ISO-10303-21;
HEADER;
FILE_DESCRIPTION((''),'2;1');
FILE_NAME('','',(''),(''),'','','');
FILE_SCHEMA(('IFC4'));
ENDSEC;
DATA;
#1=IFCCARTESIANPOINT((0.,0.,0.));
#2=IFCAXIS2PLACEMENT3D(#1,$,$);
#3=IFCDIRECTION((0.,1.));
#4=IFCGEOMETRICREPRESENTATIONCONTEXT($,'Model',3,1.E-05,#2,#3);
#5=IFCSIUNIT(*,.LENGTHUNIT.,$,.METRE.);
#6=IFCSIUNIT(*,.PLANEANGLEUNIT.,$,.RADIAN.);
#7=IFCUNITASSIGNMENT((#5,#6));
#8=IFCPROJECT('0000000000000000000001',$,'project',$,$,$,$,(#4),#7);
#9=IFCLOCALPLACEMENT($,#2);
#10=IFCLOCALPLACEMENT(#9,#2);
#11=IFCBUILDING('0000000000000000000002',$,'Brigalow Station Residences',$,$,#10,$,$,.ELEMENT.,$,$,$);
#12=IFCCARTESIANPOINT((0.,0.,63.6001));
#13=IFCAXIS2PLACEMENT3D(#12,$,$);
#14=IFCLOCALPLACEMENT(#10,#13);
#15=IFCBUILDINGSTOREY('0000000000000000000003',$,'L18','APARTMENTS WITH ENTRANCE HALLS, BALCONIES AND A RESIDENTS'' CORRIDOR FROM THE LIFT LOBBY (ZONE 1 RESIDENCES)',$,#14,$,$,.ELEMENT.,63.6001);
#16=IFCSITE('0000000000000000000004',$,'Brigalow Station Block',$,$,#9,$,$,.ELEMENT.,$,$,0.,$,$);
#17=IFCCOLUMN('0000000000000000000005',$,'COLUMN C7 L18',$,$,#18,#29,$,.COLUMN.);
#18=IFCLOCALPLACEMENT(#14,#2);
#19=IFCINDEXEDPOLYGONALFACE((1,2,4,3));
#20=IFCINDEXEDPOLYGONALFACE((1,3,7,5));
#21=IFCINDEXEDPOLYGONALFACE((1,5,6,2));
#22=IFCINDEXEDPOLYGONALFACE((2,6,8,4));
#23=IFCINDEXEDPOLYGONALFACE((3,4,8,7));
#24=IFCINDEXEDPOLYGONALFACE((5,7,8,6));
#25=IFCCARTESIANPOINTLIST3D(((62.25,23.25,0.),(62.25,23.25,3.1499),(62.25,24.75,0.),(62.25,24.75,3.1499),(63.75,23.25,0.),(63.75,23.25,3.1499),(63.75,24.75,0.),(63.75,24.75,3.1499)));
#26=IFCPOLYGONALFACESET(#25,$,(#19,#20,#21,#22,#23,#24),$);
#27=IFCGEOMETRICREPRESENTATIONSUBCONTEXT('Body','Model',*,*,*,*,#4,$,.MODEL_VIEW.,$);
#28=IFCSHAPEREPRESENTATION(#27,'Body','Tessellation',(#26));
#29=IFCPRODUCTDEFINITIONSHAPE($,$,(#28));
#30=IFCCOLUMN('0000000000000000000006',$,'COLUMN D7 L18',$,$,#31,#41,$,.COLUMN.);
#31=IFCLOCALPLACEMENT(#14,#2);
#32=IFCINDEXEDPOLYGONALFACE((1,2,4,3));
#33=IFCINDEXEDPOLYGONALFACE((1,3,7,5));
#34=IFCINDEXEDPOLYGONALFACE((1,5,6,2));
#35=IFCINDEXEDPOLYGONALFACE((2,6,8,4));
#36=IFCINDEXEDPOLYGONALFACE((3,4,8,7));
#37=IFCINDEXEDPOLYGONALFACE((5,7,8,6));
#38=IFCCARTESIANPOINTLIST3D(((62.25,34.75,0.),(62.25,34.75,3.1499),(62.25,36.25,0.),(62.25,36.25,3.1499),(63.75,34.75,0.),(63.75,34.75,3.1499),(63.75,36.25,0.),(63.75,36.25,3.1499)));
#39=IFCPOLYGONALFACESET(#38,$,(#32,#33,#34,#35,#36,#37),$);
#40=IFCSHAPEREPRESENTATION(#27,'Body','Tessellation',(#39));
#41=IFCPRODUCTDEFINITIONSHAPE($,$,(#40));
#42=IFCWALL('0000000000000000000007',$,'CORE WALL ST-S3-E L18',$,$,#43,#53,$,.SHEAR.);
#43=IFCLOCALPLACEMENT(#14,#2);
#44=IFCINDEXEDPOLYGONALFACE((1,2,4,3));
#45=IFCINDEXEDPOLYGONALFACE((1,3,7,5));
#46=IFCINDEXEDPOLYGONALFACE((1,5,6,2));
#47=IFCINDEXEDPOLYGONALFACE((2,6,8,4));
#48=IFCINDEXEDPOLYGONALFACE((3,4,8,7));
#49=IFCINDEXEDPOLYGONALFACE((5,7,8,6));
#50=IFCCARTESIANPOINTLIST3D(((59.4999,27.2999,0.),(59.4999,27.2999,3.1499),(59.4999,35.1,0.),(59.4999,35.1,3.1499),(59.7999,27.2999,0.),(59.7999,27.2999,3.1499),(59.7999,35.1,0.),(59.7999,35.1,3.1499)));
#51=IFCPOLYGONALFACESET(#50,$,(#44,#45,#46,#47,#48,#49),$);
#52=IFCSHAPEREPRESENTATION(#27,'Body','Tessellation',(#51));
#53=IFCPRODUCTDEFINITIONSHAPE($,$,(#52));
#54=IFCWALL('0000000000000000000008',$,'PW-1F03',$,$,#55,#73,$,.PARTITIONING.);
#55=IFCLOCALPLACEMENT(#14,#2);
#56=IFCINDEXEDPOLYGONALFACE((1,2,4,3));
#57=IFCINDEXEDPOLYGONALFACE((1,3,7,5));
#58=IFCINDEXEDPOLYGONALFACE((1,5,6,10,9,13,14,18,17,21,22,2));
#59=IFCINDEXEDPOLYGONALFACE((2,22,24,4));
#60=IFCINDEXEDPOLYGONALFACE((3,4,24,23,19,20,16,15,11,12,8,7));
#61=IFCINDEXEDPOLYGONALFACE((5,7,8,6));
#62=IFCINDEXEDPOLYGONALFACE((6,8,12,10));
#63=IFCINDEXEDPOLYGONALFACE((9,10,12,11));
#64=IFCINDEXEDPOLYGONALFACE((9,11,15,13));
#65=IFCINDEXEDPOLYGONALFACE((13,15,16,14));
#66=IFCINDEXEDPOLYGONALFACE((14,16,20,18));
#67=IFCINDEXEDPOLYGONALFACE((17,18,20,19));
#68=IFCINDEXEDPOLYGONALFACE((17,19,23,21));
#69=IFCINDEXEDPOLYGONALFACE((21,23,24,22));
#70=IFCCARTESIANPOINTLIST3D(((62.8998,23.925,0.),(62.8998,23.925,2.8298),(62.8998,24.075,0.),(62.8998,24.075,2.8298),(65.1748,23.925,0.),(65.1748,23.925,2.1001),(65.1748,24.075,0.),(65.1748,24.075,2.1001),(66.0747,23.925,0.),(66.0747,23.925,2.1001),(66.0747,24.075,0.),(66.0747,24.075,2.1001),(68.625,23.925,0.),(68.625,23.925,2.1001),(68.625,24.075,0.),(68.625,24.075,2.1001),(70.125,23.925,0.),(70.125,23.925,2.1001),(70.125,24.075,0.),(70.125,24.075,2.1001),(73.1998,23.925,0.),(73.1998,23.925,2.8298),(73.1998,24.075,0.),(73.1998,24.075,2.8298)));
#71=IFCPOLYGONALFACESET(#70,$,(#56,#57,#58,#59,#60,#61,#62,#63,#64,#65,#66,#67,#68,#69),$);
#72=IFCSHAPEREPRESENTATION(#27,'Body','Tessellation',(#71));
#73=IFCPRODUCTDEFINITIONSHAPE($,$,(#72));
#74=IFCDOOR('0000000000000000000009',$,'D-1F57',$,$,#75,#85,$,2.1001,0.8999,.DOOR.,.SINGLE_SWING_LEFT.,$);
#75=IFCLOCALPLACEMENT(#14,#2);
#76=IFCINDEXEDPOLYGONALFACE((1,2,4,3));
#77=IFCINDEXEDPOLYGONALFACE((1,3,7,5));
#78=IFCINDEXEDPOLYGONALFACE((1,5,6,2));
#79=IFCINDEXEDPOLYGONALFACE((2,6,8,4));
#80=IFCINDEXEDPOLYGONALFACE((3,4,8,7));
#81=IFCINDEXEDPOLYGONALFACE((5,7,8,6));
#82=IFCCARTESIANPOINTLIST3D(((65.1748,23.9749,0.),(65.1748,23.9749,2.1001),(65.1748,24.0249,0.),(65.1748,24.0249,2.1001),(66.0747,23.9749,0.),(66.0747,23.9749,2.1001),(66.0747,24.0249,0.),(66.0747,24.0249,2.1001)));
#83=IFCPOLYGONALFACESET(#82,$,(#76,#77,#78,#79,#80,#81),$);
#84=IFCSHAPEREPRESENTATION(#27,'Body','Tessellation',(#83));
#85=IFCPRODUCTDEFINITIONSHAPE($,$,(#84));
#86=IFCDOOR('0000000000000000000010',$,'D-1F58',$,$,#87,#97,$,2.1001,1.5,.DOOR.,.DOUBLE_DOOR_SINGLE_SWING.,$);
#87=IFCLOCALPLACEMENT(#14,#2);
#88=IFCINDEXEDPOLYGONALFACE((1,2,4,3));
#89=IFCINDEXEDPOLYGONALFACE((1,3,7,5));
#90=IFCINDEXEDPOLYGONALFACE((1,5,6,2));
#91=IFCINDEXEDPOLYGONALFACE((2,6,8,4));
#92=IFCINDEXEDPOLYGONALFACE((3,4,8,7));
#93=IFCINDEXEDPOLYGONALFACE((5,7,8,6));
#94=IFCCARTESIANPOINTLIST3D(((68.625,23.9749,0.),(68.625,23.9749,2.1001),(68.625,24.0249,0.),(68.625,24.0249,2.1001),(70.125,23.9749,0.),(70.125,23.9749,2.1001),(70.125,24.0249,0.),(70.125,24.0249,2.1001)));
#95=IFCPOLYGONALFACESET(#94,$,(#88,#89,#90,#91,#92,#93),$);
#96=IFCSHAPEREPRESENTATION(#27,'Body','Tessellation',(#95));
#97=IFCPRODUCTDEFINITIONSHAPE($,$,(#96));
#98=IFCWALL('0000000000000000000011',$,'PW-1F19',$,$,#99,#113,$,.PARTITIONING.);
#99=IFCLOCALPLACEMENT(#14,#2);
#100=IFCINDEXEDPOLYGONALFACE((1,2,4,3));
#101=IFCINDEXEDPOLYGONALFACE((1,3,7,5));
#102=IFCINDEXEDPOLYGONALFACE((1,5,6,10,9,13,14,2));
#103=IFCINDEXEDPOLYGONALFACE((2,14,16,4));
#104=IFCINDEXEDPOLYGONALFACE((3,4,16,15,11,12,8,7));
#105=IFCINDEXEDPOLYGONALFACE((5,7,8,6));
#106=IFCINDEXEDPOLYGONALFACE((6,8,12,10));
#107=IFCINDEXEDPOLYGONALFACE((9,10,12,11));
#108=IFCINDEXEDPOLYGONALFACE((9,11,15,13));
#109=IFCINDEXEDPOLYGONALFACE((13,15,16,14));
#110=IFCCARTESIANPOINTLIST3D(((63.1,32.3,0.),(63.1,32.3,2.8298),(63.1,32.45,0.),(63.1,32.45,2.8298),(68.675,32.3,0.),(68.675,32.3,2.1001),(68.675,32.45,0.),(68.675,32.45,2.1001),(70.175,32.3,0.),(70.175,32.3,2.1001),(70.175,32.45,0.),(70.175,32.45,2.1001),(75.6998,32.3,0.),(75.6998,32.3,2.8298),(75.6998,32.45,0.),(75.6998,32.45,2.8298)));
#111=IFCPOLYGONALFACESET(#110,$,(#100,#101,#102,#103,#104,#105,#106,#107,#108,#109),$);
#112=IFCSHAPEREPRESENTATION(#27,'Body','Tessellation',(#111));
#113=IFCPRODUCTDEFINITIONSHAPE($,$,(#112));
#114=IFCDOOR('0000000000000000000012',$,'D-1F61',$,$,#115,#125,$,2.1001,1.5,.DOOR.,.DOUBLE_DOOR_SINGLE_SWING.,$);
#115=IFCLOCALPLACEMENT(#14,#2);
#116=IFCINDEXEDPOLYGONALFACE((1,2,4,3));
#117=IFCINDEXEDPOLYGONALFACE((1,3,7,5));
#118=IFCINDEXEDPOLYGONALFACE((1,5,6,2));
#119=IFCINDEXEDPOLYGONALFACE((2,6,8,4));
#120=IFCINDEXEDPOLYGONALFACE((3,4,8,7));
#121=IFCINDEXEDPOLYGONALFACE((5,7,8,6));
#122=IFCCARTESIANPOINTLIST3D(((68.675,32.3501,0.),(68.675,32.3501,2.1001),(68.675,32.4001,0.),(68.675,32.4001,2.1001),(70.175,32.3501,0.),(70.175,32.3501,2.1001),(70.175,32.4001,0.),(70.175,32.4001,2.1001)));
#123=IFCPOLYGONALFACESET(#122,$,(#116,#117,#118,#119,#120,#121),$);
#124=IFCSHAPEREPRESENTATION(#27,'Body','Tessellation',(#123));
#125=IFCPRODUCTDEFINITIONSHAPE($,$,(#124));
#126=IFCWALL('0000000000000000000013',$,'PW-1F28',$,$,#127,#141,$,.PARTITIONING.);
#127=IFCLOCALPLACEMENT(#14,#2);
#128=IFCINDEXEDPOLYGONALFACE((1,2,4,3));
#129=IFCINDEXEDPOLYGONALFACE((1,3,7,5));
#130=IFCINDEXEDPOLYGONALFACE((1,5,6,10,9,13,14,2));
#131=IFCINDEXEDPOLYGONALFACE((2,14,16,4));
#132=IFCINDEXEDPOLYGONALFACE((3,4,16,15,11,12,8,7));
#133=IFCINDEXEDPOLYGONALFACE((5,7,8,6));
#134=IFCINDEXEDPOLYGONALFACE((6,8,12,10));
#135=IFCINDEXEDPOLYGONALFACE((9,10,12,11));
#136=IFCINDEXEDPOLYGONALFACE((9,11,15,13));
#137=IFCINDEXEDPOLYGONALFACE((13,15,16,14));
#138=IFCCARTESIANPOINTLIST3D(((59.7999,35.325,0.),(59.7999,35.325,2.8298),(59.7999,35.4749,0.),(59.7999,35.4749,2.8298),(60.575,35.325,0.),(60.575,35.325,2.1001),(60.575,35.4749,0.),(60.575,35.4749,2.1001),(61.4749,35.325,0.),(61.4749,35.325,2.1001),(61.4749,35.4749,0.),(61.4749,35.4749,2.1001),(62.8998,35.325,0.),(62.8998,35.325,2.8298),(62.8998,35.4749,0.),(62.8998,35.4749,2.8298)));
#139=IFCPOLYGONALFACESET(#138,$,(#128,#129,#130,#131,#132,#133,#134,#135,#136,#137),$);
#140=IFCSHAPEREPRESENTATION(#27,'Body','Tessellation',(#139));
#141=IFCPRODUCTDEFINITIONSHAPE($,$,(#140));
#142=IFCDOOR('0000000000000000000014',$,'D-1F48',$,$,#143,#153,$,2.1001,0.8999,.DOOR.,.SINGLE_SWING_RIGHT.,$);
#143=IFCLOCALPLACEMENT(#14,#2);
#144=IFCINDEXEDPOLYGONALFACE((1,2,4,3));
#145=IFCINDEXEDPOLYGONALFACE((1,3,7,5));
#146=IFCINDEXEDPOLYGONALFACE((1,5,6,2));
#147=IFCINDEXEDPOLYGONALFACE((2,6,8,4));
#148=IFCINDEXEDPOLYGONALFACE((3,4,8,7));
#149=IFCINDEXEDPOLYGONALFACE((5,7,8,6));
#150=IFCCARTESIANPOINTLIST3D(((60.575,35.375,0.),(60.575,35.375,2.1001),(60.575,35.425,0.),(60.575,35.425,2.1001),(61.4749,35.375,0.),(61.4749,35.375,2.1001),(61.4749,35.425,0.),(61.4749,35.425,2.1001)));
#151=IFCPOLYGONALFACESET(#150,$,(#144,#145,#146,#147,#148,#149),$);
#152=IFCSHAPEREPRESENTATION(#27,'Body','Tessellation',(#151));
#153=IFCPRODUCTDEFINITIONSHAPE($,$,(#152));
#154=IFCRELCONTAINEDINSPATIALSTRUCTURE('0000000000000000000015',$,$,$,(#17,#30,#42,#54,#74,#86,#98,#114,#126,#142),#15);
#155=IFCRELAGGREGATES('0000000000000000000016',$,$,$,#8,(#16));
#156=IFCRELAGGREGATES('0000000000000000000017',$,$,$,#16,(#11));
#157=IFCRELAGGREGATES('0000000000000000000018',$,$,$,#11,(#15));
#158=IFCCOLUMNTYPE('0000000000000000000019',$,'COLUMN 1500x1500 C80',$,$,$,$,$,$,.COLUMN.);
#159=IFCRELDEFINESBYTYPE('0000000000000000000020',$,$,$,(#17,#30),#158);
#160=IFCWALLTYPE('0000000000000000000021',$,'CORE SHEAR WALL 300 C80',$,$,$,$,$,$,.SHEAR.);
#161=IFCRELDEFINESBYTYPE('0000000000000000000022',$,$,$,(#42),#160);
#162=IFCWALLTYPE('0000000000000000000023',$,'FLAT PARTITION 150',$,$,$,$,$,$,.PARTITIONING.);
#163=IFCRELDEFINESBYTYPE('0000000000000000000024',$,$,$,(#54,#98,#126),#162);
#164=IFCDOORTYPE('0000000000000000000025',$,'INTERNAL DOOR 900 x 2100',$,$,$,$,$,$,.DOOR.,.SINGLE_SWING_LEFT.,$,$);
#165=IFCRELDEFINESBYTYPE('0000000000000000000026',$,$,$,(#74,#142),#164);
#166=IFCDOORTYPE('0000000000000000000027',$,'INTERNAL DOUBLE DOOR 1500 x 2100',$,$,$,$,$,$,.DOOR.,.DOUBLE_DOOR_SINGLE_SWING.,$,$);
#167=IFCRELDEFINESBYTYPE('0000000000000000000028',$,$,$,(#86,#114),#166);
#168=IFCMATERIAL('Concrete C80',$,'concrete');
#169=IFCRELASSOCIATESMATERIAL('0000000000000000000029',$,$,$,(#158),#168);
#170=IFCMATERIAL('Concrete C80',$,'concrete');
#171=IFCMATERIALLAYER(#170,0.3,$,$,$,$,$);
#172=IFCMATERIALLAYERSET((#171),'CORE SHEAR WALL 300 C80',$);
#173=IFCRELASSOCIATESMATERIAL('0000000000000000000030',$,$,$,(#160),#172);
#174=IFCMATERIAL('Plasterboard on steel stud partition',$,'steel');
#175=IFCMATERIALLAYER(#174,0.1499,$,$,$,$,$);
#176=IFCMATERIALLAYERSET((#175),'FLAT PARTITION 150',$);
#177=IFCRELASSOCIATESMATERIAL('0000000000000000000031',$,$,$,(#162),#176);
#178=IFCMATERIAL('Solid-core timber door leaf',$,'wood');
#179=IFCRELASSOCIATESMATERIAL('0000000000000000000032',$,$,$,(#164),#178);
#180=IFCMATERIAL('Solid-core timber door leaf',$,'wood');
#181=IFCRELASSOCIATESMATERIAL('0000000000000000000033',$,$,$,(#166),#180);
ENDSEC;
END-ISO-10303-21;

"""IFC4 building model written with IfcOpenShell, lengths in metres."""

from ifc_helpers import new_model, si_unit, direction, frame, frame_2d, origin, origin_2d, place, context, subcontext, project, spatial, rectangle, extrude, material, layer, layer_set, material_profile, profile_set, type_object, element, fill, save


model = new_model("IFC4")

# Units and contexts
model_context = context("Model", 3, precision=1e-05, world=origin(), true_north=direction((0.0, 1.0)))
body_context = subcontext(model_context, "Body", "Model", "MODEL_VIEW")
ifc_project = project(units=[si_unit("LENGTHUNIT", "METRE"), si_unit("PLANEANGLEUNIT", "RADIAN")], contexts=[model_context])

# Site, building, storey
site_placement = place(None, origin())
site = spatial("IfcSite", under=ifc_project, at=site_placement, Name="Brigalow Station Block", CompositionType="ELEMENT", RefElevation=0.0)
building_placement = place(site_placement, origin())
building = spatial("IfcBuilding", under=site, at=building_placement, Name="Brigalow Station Residences", CompositionType="ELEMENT")
storey_placement = place(building_placement, frame((0.0, 0.0, 63.6001)))
storey = spatial("IfcBuildingStorey", under=building, at=storey_placement, Name="L18", Description="APARTMENTS WITH ENTRANCE HALLS, BALCONIES AND A RESIDENTS' CORRIDOR FROM THE LIFT LOBBY (ZONE 1 RESIDENCES)", CompositionType="ELEMENT", Elevation=63.6001)

# Columns
ifc_material_1 = material(Name="Concrete C80", Category="concrete")
ifc_material_profile = material_profile(ifc_material_1, rectangle(XDim=1.5, YDim=1.5, at=origin_2d()), Name="RC1500x1500")
ifc_profile_set = profile_set([ifc_material_profile], Name="Concrete C80")
column_type = type_object("IfcColumnType", Name="COLUMN 1500x1500 C80", PredefinedType="COLUMN", material=ifc_profile_set)
for number, where, z_axis, x_axis, name in (
    (1, (63.0, 24.0, 0.0), (0.0, 0.0, 1.0), (1.0, 0.0, 0.0), "COLUMN C7 L18"),
    (2, (63.0, 35.5, 0.0), (0.0, 0.0, 1.0), (1.0, 0.0, 0.0), "COLUMN D7 L18"),
):
    element("IfcColumn", number, at=place(storey_placement, frame(where, z_axis=z_axis, x_axis=x_axis)), inside=storey, type_object=column_type, Name=name, PredefinedType="COLUMN", context=body_context, shape_type="SweptSolid", body=[
        extrude(rectangle(XDim=1.5, YDim=1.5, at=origin_2d()), origin(), (0.0, 0.0, 1.0), 3.1499),
    ])

# Wall
ifc_material_2 = material(Name="Concrete C80", Category="concrete")
ifc_layer_1 = layer(ifc_material_2, 0.3)
ifc_layer_set_1 = layer_set([ifc_layer_1], Name="CORE SHEAR WALL 300 C80")
wall_type_1 = type_object("IfcWallType", Name="CORE SHEAR WALL 300 C80", PredefinedType="SHEAR", material=ifc_layer_set_1)
wall_1_placement = place(storey_placement, frame((59.6499, 27.3, 0.0), z_axis=(0.0, 0.0, 1.0), x_axis=(0.0, 1.0, 0.0)))
element("IfcWall", 3, at=wall_1_placement, inside=storey, type_object=wall_type_1, Name="CORE WALL ST-S3-E L18", PredefinedType="SHEAR", context=body_context, shape_type="SweptSolid", body=[
    extrude(rectangle(XDim=7.8, YDim=0.3, at=frame_2d((3.8999, 0.0))), origin(), (0.0, 0.0, 1.0), 3.1499),
])

# Wall, openings, doors
ifc_material_3 = material(Name="Plasterboard on steel stud partition", Category="steel")
ifc_layer_2 = layer(ifc_material_3, 0.1499)
ifc_layer_set_2 = layer_set([ifc_layer_2], Name="FLAT PARTITION 150")
wall_type_2 = type_object("IfcWallType", Name="FLAT PARTITION 150", PredefinedType="PARTITIONING", material=ifc_layer_set_2)
wall_2_placement = place(storey_placement, frame((62.8999, 24.0, 0.0), z_axis=(0.0, 0.0, 1.0), x_axis=(1.0, 0.0, 0.0)))
wall_2 = element("IfcWall", 4, at=wall_2_placement, inside=storey, type_object=wall_type_2, Name="PW-1F03", PredefinedType="PARTITIONING", context=body_context, shape_type="SweptSolid", body=[
    extrude(rectangle(XDim=10.3, YDim=0.1499, at=frame_2d((5.1499, 0.0))), origin(), (0.0, 0.0, 1.0), 2.8298),
])
opening_1_placement = place(wall_2_placement, frame((2.2749, 0.0, 0.0)))
opening_1 = element("IfcOpeningElement", 5, at=opening_1_placement, cuts=wall_2, PredefinedType="OPENING", context=body_context, shape_type="SweptSolid", body=[
    extrude(rectangle(XDim=0.8999, YDim=2.1001, at=frame_2d((0.45, 1.05))), frame((0.0, 0.085, 0.0), z_axis=(0.0, -1.0, 0.0), x_axis=(1.0, 0.0, 0.0)), (0.0, 0.0, 1.0), 0.1699),
])
opening_2_placement = place(wall_2_placement, frame((5.7251, 0.0, 0.0)))
opening_2 = element("IfcOpeningElement", 6, at=opening_2_placement, cuts=wall_2, PredefinedType="OPENING", context=body_context, shape_type="SweptSolid", body=[
    extrude(rectangle(XDim=1.5, YDim=2.1001, at=frame_2d((0.75, 1.05))), frame((0.0, 0.085, 0.0), z_axis=(0.0, -1.0, 0.0), x_axis=(1.0, 0.0, 0.0)), (0.0, 0.0, 1.0), 0.1699),
])
ifc_material_4 = material(Name="Solid-core timber door leaf", Category="wood")
door_type_1 = type_object("IfcDoorType", Name="INTERNAL DOOR 900 x 2100", OperationType="SINGLE_SWING_LEFT", PredefinedType="DOOR", material=ifc_material_4)
door_1_placement = place(opening_1_placement, origin())
door_1 = element("IfcDoor", 7, at=door_1_placement, inside=storey, type_object=door_type_1, Name="D-1F57", OperationType="SINGLE_SWING_LEFT", OverallHeight=2.1001, OverallWidth=0.8999, PredefinedType="DOOR", context=body_context, shape_type="SweptSolid", body=[
    extrude(rectangle(XDim=0.8999, YDim=2.1001, at=frame_2d((0.45, 1.05))), frame((0.0, 0.0249, 0.0), z_axis=(0.0, -1.0, 0.0), x_axis=(1.0, 0.0, 0.0)), (0.0, 0.0, 1.0), 0.05),
])
fill(opening_1, door_1)
ifc_material_5 = material(Name="Solid-core timber door leaf", Category="wood")
door_type_2 = type_object("IfcDoorType", Name="INTERNAL DOUBLE DOOR 1500 x 2100", OperationType="DOUBLE_DOOR_SINGLE_SWING", PredefinedType="DOOR", material=ifc_material_5)
door_2_placement = place(opening_2_placement, origin())
door_2 = element("IfcDoor", 8, at=door_2_placement, inside=storey, type_object=door_type_2, Name="D-1F58", OperationType="DOUBLE_DOOR_SINGLE_SWING", OverallHeight=2.1001, OverallWidth=1.5, PredefinedType="DOOR", context=body_context, shape_type="SweptSolid", body=[
    extrude(rectangle(XDim=1.5, YDim=2.1001, at=frame_2d((0.75, 1.05))), frame((0.0, 0.0249, 0.0), z_axis=(0.0, -1.0, 0.0), x_axis=(1.0, 0.0, 0.0)), (0.0, 0.0, 1.0), 0.05),
])
fill(opening_2, door_2)

# Walls, openings, doors
wall_3_placement = place(storey_placement, frame((63.1001, 32.375, 0.0), z_axis=(0.0, 0.0, 1.0), x_axis=(1.0, 0.0, 0.0)))
wall_3 = element("IfcWall", 9, at=wall_3_placement, inside=storey, type_object=wall_type_2, Name="PW-1F19", PredefinedType="PARTITIONING", context=body_context, shape_type="SweptSolid", body=[
    extrude(rectangle(XDim=12.5999, YDim=0.1499, at=frame_2d((6.2998, 0.0))), origin(), (0.0, 0.0, 1.0), 2.8298),
])
opening_3_placement = place(wall_3_placement, frame((5.575, 0.0, 0.0)))
opening_3 = element("IfcOpeningElement", 10, at=opening_3_placement, cuts=wall_3, PredefinedType="OPENING", context=body_context, shape_type="SweptSolid", body=[
    extrude(rectangle(XDim=1.5, YDim=2.1001, at=frame_2d((0.75, 1.05))), frame((0.0, 0.085, 0.0), z_axis=(0.0, -1.0, 0.0), x_axis=(1.0, 0.0, 0.0)), (0.0, 0.0, 1.0), 0.1699),
])
door_3_placement = place(opening_3_placement, frame((1.5, 0.0, 0.0), z_axis=(0.0, 0.0, 1.0), x_axis=(-1.0, 0.0, 0.0)))
door_3 = element("IfcDoor", 11, at=door_3_placement, inside=storey, type_object=door_type_2, Name="D-1F61", OperationType="DOUBLE_DOOR_SINGLE_SWING", OverallHeight=2.1001, OverallWidth=1.5, PredefinedType="DOOR", context=body_context, shape_type="SweptSolid", body=[
    extrude(rectangle(XDim=1.5, YDim=2.1001, at=frame_2d((0.75, 1.05))), frame((0.0, 0.0249, 0.0), z_axis=(0.0, -1.0, 0.0), x_axis=(1.0, 0.0, 0.0)), (0.0, 0.0, 1.0), 0.05),
])
fill(opening_3, door_3)
wall_4_placement = place(storey_placement, frame((59.8, 35.3999, 0.0), z_axis=(0.0, 0.0, 1.0), x_axis=(1.0, 0.0, 0.0)))
wall_4 = element("IfcWall", 12, at=wall_4_placement, inside=storey, type_object=wall_type_2, Name="PW-1F28", PredefinedType="PARTITIONING", context=body_context, shape_type="SweptSolid", body=[
    extrude(rectangle(XDim=3.0999, YDim=0.1499, at=frame_2d((1.5498, 0.0))), origin(), (0.0, 0.0, 1.0), 2.8298),
])
opening_4_placement = place(wall_4_placement, frame((0.7749, 0.0, 0.0)))
opening_4 = element("IfcOpeningElement", 13, at=opening_4_placement, cuts=wall_4, PredefinedType="OPENING", context=body_context, shape_type="SweptSolid", body=[
    extrude(rectangle(XDim=0.8999, YDim=2.1001, at=frame_2d((0.45, 1.05))), frame((0.0, 0.085, 0.0), z_axis=(0.0, -1.0, 0.0), x_axis=(1.0, 0.0, 0.0)), (0.0, 0.0, 1.0), 0.1699),
])
door_4_placement = place(opening_4_placement, frame((0.8999, 0.0, 0.0), z_axis=(0.0, 0.0, 1.0), x_axis=(-1.0, 0.0, 0.0)))
door_4 = element("IfcDoor", 14, at=door_4_placement, inside=storey, type_object=door_type_1, Name="D-1F48", OperationType="SINGLE_SWING_RIGHT", OverallHeight=2.1001, OverallWidth=0.8999, PredefinedType="DOOR", context=body_context, shape_type="SweptSolid", body=[
    extrude(rectangle(XDim=0.8999, YDim=2.1001, at=frame_2d((0.45, 1.05))), frame((0.0, 0.0249, 0.0), z_axis=(0.0, -1.0, 0.0), x_axis=(1.0, 0.0, 0.0)), (0.0, 0.0, 1.0), 0.05),
])
fill(opening_4, door_4)

save(model, "model.ifc")
